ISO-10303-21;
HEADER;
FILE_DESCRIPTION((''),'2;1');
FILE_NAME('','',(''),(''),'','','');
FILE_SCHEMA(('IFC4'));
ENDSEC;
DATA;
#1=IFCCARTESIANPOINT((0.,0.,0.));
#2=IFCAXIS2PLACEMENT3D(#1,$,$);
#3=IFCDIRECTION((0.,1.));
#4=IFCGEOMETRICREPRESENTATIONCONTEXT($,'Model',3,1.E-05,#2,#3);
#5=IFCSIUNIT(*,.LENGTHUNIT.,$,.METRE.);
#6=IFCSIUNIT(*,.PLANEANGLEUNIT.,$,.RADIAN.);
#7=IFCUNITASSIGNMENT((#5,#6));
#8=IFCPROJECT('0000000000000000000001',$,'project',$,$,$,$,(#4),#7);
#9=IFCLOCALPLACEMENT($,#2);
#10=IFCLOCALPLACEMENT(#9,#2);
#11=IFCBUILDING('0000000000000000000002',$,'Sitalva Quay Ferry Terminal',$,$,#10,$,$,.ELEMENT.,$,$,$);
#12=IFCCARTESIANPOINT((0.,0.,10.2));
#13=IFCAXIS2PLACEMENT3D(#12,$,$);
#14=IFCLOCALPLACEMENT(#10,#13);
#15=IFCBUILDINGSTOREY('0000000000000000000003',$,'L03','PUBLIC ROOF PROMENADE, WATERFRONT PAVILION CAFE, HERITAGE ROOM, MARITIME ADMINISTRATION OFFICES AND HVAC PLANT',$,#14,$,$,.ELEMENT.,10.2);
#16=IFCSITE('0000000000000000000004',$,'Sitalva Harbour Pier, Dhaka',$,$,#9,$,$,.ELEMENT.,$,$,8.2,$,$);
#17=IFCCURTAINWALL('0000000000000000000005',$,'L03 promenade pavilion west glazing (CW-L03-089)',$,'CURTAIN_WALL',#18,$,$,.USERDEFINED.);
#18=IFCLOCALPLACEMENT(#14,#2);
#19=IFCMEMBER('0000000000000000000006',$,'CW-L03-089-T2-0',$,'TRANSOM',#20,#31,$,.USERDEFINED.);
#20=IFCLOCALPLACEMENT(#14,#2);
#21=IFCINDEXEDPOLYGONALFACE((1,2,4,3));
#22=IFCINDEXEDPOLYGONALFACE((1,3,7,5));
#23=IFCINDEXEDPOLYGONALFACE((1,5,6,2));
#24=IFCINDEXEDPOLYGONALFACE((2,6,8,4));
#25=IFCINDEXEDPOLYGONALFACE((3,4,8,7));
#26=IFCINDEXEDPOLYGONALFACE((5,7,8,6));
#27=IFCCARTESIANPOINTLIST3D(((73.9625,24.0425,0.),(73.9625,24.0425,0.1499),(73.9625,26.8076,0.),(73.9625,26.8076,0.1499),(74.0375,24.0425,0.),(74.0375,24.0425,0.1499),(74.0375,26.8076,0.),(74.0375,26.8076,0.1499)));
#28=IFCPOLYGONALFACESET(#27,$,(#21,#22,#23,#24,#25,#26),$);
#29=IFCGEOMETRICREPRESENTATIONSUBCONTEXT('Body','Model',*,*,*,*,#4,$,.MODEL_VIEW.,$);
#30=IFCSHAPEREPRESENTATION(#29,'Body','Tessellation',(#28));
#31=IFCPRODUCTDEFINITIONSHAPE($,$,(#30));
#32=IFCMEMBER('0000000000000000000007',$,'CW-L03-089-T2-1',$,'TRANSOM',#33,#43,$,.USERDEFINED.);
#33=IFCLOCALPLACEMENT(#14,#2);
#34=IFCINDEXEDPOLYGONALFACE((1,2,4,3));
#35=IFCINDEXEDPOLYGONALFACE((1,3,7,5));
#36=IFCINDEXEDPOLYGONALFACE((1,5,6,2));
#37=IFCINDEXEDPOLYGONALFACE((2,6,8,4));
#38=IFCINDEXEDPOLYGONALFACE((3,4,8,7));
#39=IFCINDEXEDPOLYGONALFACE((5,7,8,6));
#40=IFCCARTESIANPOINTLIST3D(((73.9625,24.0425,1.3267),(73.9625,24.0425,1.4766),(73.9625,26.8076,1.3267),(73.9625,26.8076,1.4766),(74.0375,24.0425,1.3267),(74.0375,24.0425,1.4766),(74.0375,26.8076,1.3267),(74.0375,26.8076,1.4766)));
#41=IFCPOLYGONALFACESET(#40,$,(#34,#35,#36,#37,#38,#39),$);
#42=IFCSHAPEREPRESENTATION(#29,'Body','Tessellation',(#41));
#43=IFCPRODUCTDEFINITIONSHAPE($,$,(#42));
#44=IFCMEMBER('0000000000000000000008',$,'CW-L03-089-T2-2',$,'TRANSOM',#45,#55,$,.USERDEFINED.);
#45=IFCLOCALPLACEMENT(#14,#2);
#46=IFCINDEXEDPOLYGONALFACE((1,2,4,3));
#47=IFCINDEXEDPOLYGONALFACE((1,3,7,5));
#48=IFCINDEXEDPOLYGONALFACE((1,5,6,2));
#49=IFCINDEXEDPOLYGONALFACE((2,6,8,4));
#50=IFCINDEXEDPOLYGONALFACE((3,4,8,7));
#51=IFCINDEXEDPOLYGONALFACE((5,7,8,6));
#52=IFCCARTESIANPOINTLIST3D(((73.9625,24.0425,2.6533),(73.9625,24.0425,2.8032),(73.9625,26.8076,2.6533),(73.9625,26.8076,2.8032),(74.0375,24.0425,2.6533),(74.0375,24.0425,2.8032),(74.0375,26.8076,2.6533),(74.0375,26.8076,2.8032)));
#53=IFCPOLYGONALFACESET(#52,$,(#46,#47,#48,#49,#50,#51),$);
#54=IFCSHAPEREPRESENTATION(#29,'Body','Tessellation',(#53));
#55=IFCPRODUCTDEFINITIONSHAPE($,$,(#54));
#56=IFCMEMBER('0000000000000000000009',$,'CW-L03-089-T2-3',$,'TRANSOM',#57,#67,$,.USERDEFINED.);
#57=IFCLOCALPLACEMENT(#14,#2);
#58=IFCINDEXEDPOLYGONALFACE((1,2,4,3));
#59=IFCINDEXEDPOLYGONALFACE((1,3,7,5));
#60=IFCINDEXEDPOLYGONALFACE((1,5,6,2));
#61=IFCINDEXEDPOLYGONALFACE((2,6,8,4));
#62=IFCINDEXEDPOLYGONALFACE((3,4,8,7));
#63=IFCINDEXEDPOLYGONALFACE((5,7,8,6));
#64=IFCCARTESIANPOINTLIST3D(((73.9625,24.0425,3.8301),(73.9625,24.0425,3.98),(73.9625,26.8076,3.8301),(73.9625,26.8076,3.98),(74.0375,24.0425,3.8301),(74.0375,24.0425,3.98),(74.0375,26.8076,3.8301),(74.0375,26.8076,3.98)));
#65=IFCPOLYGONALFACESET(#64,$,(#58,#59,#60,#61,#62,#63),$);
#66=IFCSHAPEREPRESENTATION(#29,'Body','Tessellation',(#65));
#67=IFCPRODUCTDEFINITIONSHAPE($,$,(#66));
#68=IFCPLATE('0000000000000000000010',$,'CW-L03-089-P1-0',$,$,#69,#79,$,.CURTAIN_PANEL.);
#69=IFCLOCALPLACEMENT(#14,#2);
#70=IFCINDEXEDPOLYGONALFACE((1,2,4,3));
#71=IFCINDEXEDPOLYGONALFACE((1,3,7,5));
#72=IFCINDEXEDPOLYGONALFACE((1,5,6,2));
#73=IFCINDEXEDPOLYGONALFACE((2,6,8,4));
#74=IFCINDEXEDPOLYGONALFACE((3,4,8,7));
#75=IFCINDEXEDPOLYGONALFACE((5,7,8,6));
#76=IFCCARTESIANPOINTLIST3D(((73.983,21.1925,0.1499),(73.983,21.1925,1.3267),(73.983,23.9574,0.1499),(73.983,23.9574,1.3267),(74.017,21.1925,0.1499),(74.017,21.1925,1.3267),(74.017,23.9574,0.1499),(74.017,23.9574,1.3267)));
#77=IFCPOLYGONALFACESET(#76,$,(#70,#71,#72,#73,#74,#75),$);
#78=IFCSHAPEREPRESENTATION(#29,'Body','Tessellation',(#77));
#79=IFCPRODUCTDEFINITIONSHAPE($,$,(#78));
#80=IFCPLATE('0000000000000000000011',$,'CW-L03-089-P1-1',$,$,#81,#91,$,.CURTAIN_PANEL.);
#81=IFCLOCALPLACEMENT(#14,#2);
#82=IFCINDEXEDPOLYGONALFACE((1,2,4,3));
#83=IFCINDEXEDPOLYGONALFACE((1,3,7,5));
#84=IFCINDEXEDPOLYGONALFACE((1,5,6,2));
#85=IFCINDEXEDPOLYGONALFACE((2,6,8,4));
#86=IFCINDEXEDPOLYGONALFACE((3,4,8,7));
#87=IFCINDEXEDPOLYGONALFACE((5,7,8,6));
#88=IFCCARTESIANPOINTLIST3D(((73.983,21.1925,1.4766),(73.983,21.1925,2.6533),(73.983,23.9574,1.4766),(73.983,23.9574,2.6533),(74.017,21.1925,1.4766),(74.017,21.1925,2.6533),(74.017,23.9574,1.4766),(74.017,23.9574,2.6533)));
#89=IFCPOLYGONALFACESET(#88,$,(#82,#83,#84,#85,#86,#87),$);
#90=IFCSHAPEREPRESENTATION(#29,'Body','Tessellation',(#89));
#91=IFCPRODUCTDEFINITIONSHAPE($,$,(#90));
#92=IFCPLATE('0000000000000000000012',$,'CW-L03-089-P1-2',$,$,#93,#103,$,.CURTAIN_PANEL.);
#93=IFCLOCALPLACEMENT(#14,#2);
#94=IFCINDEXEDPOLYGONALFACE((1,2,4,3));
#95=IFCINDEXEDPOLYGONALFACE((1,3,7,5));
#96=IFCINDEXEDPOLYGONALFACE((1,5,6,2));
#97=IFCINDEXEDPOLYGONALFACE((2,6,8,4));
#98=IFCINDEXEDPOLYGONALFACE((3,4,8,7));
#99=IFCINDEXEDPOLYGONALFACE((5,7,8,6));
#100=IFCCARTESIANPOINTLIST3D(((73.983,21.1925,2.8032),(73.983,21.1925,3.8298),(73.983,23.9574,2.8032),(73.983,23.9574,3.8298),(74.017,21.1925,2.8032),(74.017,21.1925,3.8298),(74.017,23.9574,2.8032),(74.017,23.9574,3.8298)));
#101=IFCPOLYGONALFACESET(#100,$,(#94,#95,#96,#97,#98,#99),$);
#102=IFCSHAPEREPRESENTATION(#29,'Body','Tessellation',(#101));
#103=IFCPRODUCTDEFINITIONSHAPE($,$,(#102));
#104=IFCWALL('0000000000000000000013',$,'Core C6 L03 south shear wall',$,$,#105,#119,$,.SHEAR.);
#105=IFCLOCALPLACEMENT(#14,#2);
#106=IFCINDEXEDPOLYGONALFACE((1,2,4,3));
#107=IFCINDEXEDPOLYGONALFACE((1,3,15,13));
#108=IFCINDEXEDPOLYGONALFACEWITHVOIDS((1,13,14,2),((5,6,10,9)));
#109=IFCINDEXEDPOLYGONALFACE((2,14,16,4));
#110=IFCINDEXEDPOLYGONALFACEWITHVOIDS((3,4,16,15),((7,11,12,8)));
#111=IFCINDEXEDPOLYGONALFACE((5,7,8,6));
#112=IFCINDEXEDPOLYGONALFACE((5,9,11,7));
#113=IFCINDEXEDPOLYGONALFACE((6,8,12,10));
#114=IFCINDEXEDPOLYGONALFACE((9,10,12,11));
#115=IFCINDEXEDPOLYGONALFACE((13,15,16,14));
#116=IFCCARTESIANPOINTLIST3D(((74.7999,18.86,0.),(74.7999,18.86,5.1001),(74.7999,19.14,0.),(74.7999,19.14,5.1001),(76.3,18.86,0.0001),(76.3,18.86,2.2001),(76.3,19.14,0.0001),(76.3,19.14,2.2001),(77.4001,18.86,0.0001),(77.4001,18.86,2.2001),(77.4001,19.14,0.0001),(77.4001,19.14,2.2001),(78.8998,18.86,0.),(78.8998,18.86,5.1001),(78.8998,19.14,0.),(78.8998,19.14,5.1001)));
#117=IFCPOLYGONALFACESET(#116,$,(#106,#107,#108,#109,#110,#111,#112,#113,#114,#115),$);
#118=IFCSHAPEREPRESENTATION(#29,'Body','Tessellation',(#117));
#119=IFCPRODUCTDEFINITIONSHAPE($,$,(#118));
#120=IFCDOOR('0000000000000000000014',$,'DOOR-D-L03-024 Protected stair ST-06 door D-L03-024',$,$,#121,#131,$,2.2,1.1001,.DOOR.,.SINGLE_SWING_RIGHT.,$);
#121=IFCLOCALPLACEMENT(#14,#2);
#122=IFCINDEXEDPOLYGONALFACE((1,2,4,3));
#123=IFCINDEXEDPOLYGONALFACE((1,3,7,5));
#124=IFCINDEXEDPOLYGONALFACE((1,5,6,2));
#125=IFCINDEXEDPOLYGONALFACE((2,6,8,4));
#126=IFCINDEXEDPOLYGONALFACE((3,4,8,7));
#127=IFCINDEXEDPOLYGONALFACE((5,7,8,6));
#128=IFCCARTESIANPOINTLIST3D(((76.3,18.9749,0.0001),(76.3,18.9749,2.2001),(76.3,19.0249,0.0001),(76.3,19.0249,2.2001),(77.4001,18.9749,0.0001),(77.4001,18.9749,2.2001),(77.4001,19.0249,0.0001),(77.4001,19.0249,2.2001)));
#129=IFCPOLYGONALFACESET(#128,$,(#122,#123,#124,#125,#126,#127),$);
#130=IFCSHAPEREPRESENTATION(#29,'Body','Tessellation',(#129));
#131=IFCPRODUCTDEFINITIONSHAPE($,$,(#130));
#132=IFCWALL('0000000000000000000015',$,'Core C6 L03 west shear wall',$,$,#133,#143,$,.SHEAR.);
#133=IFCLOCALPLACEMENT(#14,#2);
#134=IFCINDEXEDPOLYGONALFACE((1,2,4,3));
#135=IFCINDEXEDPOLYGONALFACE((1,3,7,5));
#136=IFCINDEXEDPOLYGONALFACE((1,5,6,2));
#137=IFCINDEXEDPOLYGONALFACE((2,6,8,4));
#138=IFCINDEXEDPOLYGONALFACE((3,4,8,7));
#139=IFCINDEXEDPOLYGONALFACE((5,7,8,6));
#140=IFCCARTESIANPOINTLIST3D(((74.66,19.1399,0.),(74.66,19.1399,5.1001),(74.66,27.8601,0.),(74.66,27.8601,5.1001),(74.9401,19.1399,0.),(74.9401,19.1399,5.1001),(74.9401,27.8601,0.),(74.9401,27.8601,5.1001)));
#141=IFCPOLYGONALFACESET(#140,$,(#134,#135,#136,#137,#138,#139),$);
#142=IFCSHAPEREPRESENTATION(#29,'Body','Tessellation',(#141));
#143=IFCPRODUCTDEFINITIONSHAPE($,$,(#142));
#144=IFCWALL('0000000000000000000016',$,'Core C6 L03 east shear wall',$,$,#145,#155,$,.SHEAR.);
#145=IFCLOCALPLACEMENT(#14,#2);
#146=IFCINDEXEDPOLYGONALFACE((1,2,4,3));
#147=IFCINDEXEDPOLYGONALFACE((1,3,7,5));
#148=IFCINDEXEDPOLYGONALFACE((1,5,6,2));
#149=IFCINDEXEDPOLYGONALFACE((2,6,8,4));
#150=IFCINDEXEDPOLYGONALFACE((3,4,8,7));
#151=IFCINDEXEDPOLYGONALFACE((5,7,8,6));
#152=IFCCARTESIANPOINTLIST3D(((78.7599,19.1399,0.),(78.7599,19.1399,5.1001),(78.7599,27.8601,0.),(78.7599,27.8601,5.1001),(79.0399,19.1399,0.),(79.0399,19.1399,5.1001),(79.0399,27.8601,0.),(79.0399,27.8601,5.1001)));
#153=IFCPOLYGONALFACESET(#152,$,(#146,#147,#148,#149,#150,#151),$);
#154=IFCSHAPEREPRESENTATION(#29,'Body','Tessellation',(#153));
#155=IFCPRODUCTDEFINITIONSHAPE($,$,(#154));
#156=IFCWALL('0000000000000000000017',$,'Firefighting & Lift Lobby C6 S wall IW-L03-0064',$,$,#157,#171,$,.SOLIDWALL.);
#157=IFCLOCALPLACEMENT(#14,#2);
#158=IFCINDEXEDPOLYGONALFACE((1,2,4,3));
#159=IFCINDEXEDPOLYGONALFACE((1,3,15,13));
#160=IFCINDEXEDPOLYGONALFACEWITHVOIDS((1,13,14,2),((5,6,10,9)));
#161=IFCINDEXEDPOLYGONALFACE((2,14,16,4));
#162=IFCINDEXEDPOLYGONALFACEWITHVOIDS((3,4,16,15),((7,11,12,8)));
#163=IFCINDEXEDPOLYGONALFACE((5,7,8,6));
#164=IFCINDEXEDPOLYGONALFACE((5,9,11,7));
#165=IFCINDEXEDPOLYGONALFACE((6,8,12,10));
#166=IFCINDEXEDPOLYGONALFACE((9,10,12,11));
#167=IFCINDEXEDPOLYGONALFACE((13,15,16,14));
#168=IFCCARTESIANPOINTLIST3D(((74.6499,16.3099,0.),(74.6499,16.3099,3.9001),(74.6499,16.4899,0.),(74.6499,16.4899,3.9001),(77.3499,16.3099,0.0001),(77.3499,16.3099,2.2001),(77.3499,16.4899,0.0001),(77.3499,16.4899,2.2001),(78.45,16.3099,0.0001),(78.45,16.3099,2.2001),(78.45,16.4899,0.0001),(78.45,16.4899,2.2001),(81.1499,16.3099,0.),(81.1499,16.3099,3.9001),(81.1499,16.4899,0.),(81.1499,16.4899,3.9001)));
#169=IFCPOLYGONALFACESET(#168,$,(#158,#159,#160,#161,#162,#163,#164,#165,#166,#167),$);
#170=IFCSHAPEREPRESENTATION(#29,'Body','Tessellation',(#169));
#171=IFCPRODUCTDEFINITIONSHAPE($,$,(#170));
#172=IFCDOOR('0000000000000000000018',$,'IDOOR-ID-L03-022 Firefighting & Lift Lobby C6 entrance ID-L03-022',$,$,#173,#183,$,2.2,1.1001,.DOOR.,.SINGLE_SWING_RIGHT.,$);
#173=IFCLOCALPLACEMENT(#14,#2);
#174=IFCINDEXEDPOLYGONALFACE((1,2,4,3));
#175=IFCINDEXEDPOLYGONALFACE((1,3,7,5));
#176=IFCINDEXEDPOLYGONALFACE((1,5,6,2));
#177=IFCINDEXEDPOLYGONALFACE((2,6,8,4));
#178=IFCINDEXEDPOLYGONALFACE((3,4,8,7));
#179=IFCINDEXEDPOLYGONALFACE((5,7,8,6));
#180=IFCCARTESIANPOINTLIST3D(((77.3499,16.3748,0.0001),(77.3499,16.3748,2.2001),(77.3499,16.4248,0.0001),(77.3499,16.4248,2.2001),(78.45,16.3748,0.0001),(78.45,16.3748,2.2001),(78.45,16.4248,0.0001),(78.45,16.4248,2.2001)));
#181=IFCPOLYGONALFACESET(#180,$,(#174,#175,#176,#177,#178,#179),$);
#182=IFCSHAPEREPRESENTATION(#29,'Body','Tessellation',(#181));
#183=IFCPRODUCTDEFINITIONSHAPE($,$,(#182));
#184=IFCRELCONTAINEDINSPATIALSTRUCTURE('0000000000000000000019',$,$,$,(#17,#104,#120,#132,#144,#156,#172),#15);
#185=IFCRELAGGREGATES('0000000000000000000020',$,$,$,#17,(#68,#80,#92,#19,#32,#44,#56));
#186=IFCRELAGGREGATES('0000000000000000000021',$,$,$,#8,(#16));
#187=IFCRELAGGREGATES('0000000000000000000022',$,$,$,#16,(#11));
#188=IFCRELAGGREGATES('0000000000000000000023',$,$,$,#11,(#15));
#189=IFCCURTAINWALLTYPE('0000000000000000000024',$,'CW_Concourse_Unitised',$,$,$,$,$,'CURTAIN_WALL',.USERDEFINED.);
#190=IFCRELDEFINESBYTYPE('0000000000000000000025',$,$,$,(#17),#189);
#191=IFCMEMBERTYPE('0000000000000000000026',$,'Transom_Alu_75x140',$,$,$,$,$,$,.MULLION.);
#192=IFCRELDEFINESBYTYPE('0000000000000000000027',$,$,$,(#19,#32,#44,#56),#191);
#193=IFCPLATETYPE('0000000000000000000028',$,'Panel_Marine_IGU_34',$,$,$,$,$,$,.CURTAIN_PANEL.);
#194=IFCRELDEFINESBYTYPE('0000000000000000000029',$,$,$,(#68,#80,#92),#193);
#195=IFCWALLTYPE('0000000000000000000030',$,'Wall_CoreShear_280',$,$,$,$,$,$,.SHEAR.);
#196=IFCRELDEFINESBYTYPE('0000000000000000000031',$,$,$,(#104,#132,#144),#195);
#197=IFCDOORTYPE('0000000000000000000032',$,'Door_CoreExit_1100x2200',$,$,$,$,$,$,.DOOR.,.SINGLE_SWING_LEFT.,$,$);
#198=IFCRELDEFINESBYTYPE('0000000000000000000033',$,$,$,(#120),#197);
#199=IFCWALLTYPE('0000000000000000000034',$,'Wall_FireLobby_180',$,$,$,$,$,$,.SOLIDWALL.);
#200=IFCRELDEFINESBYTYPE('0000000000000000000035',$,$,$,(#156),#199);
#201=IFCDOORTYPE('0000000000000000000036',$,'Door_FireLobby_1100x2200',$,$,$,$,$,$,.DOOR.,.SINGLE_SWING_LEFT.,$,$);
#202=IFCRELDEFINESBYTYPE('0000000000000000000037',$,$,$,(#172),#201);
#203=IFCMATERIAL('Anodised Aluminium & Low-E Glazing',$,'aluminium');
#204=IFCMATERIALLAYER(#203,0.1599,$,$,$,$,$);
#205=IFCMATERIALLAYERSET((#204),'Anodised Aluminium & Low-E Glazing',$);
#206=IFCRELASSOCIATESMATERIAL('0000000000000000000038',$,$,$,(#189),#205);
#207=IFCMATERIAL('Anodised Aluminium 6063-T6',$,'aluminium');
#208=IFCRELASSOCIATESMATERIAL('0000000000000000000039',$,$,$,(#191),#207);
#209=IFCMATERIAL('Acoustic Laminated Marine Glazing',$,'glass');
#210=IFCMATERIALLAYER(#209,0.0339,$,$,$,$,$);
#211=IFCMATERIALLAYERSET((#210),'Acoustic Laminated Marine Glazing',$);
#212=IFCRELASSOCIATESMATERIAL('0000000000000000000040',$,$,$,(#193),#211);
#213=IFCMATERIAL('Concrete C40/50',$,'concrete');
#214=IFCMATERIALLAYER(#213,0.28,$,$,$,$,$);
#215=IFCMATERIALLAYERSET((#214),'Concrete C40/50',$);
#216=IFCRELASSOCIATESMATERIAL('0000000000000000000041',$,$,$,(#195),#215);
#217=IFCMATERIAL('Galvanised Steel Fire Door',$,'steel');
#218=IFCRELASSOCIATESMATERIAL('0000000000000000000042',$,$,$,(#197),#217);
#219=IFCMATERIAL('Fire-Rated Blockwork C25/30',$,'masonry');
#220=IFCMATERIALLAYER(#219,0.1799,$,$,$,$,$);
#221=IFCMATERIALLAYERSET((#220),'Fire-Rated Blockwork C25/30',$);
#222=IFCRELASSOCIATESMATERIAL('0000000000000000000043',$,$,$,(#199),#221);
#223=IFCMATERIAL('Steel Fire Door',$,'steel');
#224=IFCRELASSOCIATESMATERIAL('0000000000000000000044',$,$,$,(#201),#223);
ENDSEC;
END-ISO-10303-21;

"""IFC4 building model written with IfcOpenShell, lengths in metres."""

from ifc_helpers import new_model, si_unit, direction, frame, frame_2d, origin, origin_2d, place, context, subcontext, project, spatial, rectangle, extrude, material, layer, layer_set, material_profile, profile_set, type_object, element, fill, aggregate, save


model = new_model("IFC4")

# Units and contexts
model_context = context("Model", 3, precision=1e-05, world=origin(), true_north=direction((0.0, 1.0)))
body_context = subcontext(model_context, "Body", "Model", "MODEL_VIEW")
ifc_project = project(units=[si_unit("LENGTHUNIT", "METRE"), si_unit("PLANEANGLEUNIT", "RADIAN")], contexts=[model_context])

# Site, building, storey
site_placement = place(None, origin())
site = spatial("IfcSite", under=ifc_project, at=site_placement, Name="Sitalva Harbour Pier, Dhaka", CompositionType="ELEMENT", RefElevation=8.2)
building_placement = place(site_placement, origin())
building = spatial("IfcBuilding", under=site, at=building_placement, Name="Sitalva Quay Ferry Terminal", CompositionType="ELEMENT")
storey_placement = place(building_placement, frame((0.0, 0.0, 10.2)))
storey = spatial("IfcBuildingStorey", under=building, at=storey_placement, Name="L03", Description="PUBLIC ROOF PROMENADE, WATERFRONT PAVILION CAFE, HERITAGE ROOM, MARITIME ADMINISTRATION OFFICES AND HVAC PLANT", CompositionType="ELEMENT", Elevation=10.2)

# Curtain wall, members, plates
ifc_material_1 = material(Name="Anodised Aluminium & Low-E Glazing", Category="aluminium")
ifc_layer_1 = layer(ifc_material_1, 0.1599)
ifc_layer_set_1 = layer_set([ifc_layer_1], Name="Anodised Aluminium & Low-E Glazing")
curtain_wall_type = type_object("IfcCurtainWallType", Name="CW_Concourse_Unitised", ElementType="CURTAIN_WALL", PredefinedType="USERDEFINED", material=ifc_layer_set_1)
curtain_wall_placement = place(storey_placement, origin())
curtain_wall = element("IfcCurtainWall", 1, at=curtain_wall_placement, inside=storey, type_object=curtain_wall_type, Name="L03 promenade pavilion west glazing (CW-L03-089)", ObjectType="CURTAIN_WALL", PredefinedType="USERDEFINED")
ifc_material_2 = material(Name="Anodised Aluminium 6063-T6", Category="aluminium")
ifc_material_profile_1 = material_profile(ifc_material_2, rectangle(XDim=0.075, YDim=0.1499, at=origin_2d()), Name="ALU75x150")
ifc_profile_set_1 = profile_set([ifc_material_profile_1], Name="Anodised Aluminium 6063-T6")
member_type_1 = type_object("IfcMemberType", Name="Transom_Alu_75x140", PredefinedType="MULLION", material=ifc_profile_set_1)
member_1_placement = place(storey_placement, frame((74.0, 24.0425, 0.075), z_axis=(0.0, 1.0, 0.0), x_axis=(-1.0, 0.0, 0.0)))
member_1 = element("IfcMember", 2, at=member_1_placement, type_object=member_type_1, Name="CW-L03-089-T2-0", ObjectType="TRANSOM", PredefinedType="USERDEFINED", context=body_context, shape_type="SweptSolid", body=[
    extrude(rectangle(XDim=0.075, YDim=0.1499, at=origin_2d()), origin(), (0.0, 0.0, 1.0), 2.7651),
])
member_2_placement = place(storey_placement, frame((74.0, 24.0425, 1.4016), z_axis=(0.0, 1.0, 0.0), x_axis=(-1.0, 0.0, 0.0)))
member_2 = element("IfcMember", 3, at=member_2_placement, type_object=member_type_1, Name="CW-L03-089-T2-1", ObjectType="TRANSOM", PredefinedType="USERDEFINED", context=body_context, shape_type="SweptSolid", body=[
    extrude(rectangle(XDim=0.075, YDim=0.1499, at=origin_2d()), origin(), (0.0, 0.0, 1.0), 2.7651),
])
member_3_placement = place(storey_placement, frame((74.0, 24.0425, 2.7283), z_axis=(0.0, 1.0, 0.0), x_axis=(-1.0, 0.0, 0.0)))
member_3 = element("IfcMember", 4, at=member_3_placement, type_object=member_type_1, Name="CW-L03-089-T2-2", ObjectType="TRANSOM", PredefinedType="USERDEFINED", context=body_context, shape_type="SweptSolid", body=[
    extrude(rectangle(XDim=0.075, YDim=0.1499, at=origin_2d()), origin(), (0.0, 0.0, 1.0), 2.7651),
])
member_4_placement = place(storey_placement, frame((74.0, 24.0425, 3.905), z_axis=(0.0, 1.0, 0.0), x_axis=(-1.0, 0.0, 0.0)))
member_4 = element("IfcMember", 5, at=member_4_placement, type_object=member_type_1, Name="CW-L03-089-T2-3", ObjectType="TRANSOM", PredefinedType="USERDEFINED", context=body_context, shape_type="SweptSolid", body=[
    extrude(rectangle(XDim=0.075, YDim=0.1499, at=origin_2d()), origin(), (0.0, 0.0, 1.0), 2.7651),
])
ifc_material_3 = material(Name="Acoustic Laminated Marine Glazing", Category="glass")
ifc_layer_2 = layer(ifc_material_3, 0.0339)
ifc_layer_set_2 = layer_set([ifc_layer_2], Name="Acoustic Laminated Marine Glazing")
plate_type = type_object("IfcPlateType", Name="Panel_Marine_IGU_34", PredefinedType="CURTAIN_PANEL", material=ifc_layer_set_2)
plate_1_placement = place(storey_placement, frame((74.0, 22.575, 0.1499), z_axis=(0.0, 0.0, 1.0), x_axis=(0.0, 1.0, 0.0)))
plate_1 = element("IfcPlate", 6, at=plate_1_placement, type_object=plate_type, Name="CW-L03-089-P1-0", PredefinedType="CURTAIN_PANEL", context=body_context, shape_type="SweptSolid", body=[
    extrude(rectangle(XDim=2.7649, YDim=0.0339, at=origin_2d()), origin(), (0.0, 0.0, 1.0), 1.1768),
])
plate_2_placement = place(storey_placement, frame((74.0, 22.575, 1.4766), z_axis=(0.0, 0.0, 1.0), x_axis=(0.0, 1.0, 0.0)))
plate_2 = element("IfcPlate", 7, at=plate_2_placement, type_object=plate_type, Name="CW-L03-089-P1-1", PredefinedType="CURTAIN_PANEL", context=body_context, shape_type="SweptSolid", body=[
    extrude(rectangle(XDim=2.7649, YDim=0.0339, at=origin_2d()), origin(), (0.0, 0.0, 1.0), 1.1768),
])
plate_3_placement = place(storey_placement, frame((74.0, 22.575, 2.8032), z_axis=(0.0, 0.0, 1.0), x_axis=(0.0, 1.0, 0.0)))
plate_3 = element("IfcPlate", 8, at=plate_3_placement, type_object=plate_type, Name="CW-L03-089-P1-2", PredefinedType="CURTAIN_PANEL", context=body_context, shape_type="SweptSolid", body=[
    extrude(rectangle(XDim=2.7649, YDim=0.0339, at=origin_2d()), origin(), (0.0, 0.0, 1.0), 1.0266),
])
aggregate(curtain_wall, [plate_1, plate_2, plate_3, member_1, member_2, member_3, member_4])

# Wall, opening, door
ifc_material_4 = material(Name="Concrete C40/50", Category="concrete")
ifc_layer_3 = layer(ifc_material_4, 0.28)
ifc_layer_set_3 = layer_set([ifc_layer_3], Name="Concrete C40/50")
wall_type_1 = type_object("IfcWallType", Name="Wall_CoreShear_280", PredefinedType="SHEAR", material=ifc_layer_set_3)
wall_1_placement = place(storey_placement, frame((74.8, 19.0, 0.0), z_axis=(0.0, 0.0, 1.0), x_axis=(1.0, 0.0, 0.0)))
wall_1 = element("IfcWall", 9, at=wall_1_placement, inside=storey, type_object=wall_type_1, Name="Core C6 L03 south shear wall", PredefinedType="SHEAR", context=body_context, shape_type="SweptSolid", body=[
    extrude(rectangle(XDim=4.0999, YDim=0.28, at=frame_2d((2.0498, 0.0))), origin(), (0.0, 0.0, 1.0), 5.1001),
])
opening_1_placement = place(wall_1_placement, frame((1.5, 0.0, 0.0)))
opening_1 = element("IfcOpeningElement", 10, at=opening_1_placement, cuts=wall_1, PredefinedType="OPENING", context=body_context, shape_type="SweptSolid", body=[
    extrude(rectangle(XDim=1.1001, YDim=2.2, at=frame_2d((0.55, 1.1001))), frame((0.0, 0.1499, 0.0), z_axis=(0.0, -1.0, 0.0), x_axis=(1.0, 0.0, 0.0)), (0.0, 0.0, 1.0), 0.3),
])
ifc_material_5 = material(Name="Galvanised Steel Fire Door", Category="steel")
door_type_1 = type_object("IfcDoorType", Name="Door_CoreExit_1100x2200", OperationType="SINGLE_SWING_LEFT", PredefinedType="DOOR", material=ifc_material_5)
door_1_placement = place(opening_1_placement, origin())
door_1 = element("IfcDoor", 11, at=door_1_placement, inside=storey, type_object=door_type_1, Name="DOOR-D-L03-024 Protected stair ST-06 door D-L03-024", OperationType="SINGLE_SWING_RIGHT", OverallHeight=2.2, OverallWidth=1.1001, PredefinedType="DOOR", context=body_context, shape_type="SweptSolid", body=[
    extrude(rectangle(XDim=1.1001, YDim=2.2, at=frame_2d((0.55, 1.1001))), frame((0.0, 0.0249, 0.0), z_axis=(0.0, -1.0, 0.0), x_axis=(1.0, 0.0, 0.0)), (0.0, 0.0, 1.0), 0.05),
])
fill(opening_1, door_1)

# Walls
for number, where, z_axis, x_axis, name in (
    (12, (74.8, 19.1399, 0.0), (0.0, 0.0, 1.0), (0.0, 1.0, 0.0), "Core C6 L03 west shear wall"),
    (13, (78.8999, 19.1399, 0.0), (0.0, 0.0, 1.0), (0.0, 1.0, 0.0), "Core C6 L03 east shear wall"),
):
    element("IfcWall", number, at=place(storey_placement, frame(where, z_axis=z_axis, x_axis=x_axis)), inside=storey, type_object=wall_type_1, Name=name, PredefinedType="SHEAR", context=body_context, shape_type="SweptSolid", body=[
        extrude(rectangle(XDim=8.7202, YDim=0.28, at=frame_2d((4.3601, 0.0))), origin(), (0.0, 0.0, 1.0), 5.1001),
    ])

# Wall, opening, door
ifc_material_6 = material(Name="Fire-Rated Blockwork C25/30", Category="masonry")
ifc_layer_4 = layer(ifc_material_6, 0.1799)
ifc_layer_set_4 = layer_set([ifc_layer_4], Name="Fire-Rated Blockwork C25/30")
wall_type_2 = type_object("IfcWallType", Name="Wall_FireLobby_180", PredefinedType="SOLIDWALL", material=ifc_layer_set_4)
wall_2_placement = place(storey_placement, frame((74.6499, 16.3999, 0.0), z_axis=(0.0, 0.0, 1.0), x_axis=(1.0, 0.0, 0.0)))
wall_2 = element("IfcWall", 14, at=wall_2_placement, inside=storey, type_object=wall_type_2, Name="Firefighting & Lift Lobby C6 S wall IW-L03-0064", PredefinedType="SOLIDWALL", context=body_context, shape_type="SweptSolid", body=[
    extrude(rectangle(XDim=6.5, YDim=0.1799, at=frame_2d((3.25, 0.0))), origin(), (0.0, 0.0, 1.0), 3.9001),
])
opening_2_placement = place(wall_2_placement, frame((2.7, 0.0, 0.0)))
opening_2 = element("IfcOpeningElement", 15, at=opening_2_placement, cuts=wall_2, PredefinedType="OPENING", context=body_context, shape_type="SweptSolid", body=[
    extrude(rectangle(XDim=1.1001, YDim=2.2, at=frame_2d((0.55, 1.1001))), frame((0.0, 0.0999, 0.0), z_axis=(0.0, -1.0, 0.0), x_axis=(1.0, 0.0, 0.0)), (0.0, 0.0, 1.0), 0.2),
])
ifc_material_7 = material(Name="Steel Fire Door", Category="steel")
door_type_2 = type_object("IfcDoorType", Name="Door_FireLobby_1100x2200", OperationType="SINGLE_SWING_LEFT", PredefinedType="DOOR", material=ifc_material_7)
door_2_placement = place(opening_2_placement, origin())
door_2 = element("IfcDoor", 16, at=door_2_placement, inside=storey, type_object=door_type_2, Name="IDOOR-ID-L03-022 Firefighting & Lift Lobby C6 entrance ID-L03-022", OperationType="SINGLE_SWING_RIGHT", OverallHeight=2.2, OverallWidth=1.1001, PredefinedType="DOOR", context=body_context, shape_type="SweptSolid", body=[
    extrude(rectangle(XDim=1.1001, YDim=2.2, at=frame_2d((0.55, 1.1001))), frame((0.0, 0.0249, 0.0), z_axis=(0.0, -1.0, 0.0), x_axis=(1.0, 0.0, 0.0)), (0.0, 0.0, 1.0), 0.05),
])
fill(opening_2, door_2)

save(model, "model.ifc")
